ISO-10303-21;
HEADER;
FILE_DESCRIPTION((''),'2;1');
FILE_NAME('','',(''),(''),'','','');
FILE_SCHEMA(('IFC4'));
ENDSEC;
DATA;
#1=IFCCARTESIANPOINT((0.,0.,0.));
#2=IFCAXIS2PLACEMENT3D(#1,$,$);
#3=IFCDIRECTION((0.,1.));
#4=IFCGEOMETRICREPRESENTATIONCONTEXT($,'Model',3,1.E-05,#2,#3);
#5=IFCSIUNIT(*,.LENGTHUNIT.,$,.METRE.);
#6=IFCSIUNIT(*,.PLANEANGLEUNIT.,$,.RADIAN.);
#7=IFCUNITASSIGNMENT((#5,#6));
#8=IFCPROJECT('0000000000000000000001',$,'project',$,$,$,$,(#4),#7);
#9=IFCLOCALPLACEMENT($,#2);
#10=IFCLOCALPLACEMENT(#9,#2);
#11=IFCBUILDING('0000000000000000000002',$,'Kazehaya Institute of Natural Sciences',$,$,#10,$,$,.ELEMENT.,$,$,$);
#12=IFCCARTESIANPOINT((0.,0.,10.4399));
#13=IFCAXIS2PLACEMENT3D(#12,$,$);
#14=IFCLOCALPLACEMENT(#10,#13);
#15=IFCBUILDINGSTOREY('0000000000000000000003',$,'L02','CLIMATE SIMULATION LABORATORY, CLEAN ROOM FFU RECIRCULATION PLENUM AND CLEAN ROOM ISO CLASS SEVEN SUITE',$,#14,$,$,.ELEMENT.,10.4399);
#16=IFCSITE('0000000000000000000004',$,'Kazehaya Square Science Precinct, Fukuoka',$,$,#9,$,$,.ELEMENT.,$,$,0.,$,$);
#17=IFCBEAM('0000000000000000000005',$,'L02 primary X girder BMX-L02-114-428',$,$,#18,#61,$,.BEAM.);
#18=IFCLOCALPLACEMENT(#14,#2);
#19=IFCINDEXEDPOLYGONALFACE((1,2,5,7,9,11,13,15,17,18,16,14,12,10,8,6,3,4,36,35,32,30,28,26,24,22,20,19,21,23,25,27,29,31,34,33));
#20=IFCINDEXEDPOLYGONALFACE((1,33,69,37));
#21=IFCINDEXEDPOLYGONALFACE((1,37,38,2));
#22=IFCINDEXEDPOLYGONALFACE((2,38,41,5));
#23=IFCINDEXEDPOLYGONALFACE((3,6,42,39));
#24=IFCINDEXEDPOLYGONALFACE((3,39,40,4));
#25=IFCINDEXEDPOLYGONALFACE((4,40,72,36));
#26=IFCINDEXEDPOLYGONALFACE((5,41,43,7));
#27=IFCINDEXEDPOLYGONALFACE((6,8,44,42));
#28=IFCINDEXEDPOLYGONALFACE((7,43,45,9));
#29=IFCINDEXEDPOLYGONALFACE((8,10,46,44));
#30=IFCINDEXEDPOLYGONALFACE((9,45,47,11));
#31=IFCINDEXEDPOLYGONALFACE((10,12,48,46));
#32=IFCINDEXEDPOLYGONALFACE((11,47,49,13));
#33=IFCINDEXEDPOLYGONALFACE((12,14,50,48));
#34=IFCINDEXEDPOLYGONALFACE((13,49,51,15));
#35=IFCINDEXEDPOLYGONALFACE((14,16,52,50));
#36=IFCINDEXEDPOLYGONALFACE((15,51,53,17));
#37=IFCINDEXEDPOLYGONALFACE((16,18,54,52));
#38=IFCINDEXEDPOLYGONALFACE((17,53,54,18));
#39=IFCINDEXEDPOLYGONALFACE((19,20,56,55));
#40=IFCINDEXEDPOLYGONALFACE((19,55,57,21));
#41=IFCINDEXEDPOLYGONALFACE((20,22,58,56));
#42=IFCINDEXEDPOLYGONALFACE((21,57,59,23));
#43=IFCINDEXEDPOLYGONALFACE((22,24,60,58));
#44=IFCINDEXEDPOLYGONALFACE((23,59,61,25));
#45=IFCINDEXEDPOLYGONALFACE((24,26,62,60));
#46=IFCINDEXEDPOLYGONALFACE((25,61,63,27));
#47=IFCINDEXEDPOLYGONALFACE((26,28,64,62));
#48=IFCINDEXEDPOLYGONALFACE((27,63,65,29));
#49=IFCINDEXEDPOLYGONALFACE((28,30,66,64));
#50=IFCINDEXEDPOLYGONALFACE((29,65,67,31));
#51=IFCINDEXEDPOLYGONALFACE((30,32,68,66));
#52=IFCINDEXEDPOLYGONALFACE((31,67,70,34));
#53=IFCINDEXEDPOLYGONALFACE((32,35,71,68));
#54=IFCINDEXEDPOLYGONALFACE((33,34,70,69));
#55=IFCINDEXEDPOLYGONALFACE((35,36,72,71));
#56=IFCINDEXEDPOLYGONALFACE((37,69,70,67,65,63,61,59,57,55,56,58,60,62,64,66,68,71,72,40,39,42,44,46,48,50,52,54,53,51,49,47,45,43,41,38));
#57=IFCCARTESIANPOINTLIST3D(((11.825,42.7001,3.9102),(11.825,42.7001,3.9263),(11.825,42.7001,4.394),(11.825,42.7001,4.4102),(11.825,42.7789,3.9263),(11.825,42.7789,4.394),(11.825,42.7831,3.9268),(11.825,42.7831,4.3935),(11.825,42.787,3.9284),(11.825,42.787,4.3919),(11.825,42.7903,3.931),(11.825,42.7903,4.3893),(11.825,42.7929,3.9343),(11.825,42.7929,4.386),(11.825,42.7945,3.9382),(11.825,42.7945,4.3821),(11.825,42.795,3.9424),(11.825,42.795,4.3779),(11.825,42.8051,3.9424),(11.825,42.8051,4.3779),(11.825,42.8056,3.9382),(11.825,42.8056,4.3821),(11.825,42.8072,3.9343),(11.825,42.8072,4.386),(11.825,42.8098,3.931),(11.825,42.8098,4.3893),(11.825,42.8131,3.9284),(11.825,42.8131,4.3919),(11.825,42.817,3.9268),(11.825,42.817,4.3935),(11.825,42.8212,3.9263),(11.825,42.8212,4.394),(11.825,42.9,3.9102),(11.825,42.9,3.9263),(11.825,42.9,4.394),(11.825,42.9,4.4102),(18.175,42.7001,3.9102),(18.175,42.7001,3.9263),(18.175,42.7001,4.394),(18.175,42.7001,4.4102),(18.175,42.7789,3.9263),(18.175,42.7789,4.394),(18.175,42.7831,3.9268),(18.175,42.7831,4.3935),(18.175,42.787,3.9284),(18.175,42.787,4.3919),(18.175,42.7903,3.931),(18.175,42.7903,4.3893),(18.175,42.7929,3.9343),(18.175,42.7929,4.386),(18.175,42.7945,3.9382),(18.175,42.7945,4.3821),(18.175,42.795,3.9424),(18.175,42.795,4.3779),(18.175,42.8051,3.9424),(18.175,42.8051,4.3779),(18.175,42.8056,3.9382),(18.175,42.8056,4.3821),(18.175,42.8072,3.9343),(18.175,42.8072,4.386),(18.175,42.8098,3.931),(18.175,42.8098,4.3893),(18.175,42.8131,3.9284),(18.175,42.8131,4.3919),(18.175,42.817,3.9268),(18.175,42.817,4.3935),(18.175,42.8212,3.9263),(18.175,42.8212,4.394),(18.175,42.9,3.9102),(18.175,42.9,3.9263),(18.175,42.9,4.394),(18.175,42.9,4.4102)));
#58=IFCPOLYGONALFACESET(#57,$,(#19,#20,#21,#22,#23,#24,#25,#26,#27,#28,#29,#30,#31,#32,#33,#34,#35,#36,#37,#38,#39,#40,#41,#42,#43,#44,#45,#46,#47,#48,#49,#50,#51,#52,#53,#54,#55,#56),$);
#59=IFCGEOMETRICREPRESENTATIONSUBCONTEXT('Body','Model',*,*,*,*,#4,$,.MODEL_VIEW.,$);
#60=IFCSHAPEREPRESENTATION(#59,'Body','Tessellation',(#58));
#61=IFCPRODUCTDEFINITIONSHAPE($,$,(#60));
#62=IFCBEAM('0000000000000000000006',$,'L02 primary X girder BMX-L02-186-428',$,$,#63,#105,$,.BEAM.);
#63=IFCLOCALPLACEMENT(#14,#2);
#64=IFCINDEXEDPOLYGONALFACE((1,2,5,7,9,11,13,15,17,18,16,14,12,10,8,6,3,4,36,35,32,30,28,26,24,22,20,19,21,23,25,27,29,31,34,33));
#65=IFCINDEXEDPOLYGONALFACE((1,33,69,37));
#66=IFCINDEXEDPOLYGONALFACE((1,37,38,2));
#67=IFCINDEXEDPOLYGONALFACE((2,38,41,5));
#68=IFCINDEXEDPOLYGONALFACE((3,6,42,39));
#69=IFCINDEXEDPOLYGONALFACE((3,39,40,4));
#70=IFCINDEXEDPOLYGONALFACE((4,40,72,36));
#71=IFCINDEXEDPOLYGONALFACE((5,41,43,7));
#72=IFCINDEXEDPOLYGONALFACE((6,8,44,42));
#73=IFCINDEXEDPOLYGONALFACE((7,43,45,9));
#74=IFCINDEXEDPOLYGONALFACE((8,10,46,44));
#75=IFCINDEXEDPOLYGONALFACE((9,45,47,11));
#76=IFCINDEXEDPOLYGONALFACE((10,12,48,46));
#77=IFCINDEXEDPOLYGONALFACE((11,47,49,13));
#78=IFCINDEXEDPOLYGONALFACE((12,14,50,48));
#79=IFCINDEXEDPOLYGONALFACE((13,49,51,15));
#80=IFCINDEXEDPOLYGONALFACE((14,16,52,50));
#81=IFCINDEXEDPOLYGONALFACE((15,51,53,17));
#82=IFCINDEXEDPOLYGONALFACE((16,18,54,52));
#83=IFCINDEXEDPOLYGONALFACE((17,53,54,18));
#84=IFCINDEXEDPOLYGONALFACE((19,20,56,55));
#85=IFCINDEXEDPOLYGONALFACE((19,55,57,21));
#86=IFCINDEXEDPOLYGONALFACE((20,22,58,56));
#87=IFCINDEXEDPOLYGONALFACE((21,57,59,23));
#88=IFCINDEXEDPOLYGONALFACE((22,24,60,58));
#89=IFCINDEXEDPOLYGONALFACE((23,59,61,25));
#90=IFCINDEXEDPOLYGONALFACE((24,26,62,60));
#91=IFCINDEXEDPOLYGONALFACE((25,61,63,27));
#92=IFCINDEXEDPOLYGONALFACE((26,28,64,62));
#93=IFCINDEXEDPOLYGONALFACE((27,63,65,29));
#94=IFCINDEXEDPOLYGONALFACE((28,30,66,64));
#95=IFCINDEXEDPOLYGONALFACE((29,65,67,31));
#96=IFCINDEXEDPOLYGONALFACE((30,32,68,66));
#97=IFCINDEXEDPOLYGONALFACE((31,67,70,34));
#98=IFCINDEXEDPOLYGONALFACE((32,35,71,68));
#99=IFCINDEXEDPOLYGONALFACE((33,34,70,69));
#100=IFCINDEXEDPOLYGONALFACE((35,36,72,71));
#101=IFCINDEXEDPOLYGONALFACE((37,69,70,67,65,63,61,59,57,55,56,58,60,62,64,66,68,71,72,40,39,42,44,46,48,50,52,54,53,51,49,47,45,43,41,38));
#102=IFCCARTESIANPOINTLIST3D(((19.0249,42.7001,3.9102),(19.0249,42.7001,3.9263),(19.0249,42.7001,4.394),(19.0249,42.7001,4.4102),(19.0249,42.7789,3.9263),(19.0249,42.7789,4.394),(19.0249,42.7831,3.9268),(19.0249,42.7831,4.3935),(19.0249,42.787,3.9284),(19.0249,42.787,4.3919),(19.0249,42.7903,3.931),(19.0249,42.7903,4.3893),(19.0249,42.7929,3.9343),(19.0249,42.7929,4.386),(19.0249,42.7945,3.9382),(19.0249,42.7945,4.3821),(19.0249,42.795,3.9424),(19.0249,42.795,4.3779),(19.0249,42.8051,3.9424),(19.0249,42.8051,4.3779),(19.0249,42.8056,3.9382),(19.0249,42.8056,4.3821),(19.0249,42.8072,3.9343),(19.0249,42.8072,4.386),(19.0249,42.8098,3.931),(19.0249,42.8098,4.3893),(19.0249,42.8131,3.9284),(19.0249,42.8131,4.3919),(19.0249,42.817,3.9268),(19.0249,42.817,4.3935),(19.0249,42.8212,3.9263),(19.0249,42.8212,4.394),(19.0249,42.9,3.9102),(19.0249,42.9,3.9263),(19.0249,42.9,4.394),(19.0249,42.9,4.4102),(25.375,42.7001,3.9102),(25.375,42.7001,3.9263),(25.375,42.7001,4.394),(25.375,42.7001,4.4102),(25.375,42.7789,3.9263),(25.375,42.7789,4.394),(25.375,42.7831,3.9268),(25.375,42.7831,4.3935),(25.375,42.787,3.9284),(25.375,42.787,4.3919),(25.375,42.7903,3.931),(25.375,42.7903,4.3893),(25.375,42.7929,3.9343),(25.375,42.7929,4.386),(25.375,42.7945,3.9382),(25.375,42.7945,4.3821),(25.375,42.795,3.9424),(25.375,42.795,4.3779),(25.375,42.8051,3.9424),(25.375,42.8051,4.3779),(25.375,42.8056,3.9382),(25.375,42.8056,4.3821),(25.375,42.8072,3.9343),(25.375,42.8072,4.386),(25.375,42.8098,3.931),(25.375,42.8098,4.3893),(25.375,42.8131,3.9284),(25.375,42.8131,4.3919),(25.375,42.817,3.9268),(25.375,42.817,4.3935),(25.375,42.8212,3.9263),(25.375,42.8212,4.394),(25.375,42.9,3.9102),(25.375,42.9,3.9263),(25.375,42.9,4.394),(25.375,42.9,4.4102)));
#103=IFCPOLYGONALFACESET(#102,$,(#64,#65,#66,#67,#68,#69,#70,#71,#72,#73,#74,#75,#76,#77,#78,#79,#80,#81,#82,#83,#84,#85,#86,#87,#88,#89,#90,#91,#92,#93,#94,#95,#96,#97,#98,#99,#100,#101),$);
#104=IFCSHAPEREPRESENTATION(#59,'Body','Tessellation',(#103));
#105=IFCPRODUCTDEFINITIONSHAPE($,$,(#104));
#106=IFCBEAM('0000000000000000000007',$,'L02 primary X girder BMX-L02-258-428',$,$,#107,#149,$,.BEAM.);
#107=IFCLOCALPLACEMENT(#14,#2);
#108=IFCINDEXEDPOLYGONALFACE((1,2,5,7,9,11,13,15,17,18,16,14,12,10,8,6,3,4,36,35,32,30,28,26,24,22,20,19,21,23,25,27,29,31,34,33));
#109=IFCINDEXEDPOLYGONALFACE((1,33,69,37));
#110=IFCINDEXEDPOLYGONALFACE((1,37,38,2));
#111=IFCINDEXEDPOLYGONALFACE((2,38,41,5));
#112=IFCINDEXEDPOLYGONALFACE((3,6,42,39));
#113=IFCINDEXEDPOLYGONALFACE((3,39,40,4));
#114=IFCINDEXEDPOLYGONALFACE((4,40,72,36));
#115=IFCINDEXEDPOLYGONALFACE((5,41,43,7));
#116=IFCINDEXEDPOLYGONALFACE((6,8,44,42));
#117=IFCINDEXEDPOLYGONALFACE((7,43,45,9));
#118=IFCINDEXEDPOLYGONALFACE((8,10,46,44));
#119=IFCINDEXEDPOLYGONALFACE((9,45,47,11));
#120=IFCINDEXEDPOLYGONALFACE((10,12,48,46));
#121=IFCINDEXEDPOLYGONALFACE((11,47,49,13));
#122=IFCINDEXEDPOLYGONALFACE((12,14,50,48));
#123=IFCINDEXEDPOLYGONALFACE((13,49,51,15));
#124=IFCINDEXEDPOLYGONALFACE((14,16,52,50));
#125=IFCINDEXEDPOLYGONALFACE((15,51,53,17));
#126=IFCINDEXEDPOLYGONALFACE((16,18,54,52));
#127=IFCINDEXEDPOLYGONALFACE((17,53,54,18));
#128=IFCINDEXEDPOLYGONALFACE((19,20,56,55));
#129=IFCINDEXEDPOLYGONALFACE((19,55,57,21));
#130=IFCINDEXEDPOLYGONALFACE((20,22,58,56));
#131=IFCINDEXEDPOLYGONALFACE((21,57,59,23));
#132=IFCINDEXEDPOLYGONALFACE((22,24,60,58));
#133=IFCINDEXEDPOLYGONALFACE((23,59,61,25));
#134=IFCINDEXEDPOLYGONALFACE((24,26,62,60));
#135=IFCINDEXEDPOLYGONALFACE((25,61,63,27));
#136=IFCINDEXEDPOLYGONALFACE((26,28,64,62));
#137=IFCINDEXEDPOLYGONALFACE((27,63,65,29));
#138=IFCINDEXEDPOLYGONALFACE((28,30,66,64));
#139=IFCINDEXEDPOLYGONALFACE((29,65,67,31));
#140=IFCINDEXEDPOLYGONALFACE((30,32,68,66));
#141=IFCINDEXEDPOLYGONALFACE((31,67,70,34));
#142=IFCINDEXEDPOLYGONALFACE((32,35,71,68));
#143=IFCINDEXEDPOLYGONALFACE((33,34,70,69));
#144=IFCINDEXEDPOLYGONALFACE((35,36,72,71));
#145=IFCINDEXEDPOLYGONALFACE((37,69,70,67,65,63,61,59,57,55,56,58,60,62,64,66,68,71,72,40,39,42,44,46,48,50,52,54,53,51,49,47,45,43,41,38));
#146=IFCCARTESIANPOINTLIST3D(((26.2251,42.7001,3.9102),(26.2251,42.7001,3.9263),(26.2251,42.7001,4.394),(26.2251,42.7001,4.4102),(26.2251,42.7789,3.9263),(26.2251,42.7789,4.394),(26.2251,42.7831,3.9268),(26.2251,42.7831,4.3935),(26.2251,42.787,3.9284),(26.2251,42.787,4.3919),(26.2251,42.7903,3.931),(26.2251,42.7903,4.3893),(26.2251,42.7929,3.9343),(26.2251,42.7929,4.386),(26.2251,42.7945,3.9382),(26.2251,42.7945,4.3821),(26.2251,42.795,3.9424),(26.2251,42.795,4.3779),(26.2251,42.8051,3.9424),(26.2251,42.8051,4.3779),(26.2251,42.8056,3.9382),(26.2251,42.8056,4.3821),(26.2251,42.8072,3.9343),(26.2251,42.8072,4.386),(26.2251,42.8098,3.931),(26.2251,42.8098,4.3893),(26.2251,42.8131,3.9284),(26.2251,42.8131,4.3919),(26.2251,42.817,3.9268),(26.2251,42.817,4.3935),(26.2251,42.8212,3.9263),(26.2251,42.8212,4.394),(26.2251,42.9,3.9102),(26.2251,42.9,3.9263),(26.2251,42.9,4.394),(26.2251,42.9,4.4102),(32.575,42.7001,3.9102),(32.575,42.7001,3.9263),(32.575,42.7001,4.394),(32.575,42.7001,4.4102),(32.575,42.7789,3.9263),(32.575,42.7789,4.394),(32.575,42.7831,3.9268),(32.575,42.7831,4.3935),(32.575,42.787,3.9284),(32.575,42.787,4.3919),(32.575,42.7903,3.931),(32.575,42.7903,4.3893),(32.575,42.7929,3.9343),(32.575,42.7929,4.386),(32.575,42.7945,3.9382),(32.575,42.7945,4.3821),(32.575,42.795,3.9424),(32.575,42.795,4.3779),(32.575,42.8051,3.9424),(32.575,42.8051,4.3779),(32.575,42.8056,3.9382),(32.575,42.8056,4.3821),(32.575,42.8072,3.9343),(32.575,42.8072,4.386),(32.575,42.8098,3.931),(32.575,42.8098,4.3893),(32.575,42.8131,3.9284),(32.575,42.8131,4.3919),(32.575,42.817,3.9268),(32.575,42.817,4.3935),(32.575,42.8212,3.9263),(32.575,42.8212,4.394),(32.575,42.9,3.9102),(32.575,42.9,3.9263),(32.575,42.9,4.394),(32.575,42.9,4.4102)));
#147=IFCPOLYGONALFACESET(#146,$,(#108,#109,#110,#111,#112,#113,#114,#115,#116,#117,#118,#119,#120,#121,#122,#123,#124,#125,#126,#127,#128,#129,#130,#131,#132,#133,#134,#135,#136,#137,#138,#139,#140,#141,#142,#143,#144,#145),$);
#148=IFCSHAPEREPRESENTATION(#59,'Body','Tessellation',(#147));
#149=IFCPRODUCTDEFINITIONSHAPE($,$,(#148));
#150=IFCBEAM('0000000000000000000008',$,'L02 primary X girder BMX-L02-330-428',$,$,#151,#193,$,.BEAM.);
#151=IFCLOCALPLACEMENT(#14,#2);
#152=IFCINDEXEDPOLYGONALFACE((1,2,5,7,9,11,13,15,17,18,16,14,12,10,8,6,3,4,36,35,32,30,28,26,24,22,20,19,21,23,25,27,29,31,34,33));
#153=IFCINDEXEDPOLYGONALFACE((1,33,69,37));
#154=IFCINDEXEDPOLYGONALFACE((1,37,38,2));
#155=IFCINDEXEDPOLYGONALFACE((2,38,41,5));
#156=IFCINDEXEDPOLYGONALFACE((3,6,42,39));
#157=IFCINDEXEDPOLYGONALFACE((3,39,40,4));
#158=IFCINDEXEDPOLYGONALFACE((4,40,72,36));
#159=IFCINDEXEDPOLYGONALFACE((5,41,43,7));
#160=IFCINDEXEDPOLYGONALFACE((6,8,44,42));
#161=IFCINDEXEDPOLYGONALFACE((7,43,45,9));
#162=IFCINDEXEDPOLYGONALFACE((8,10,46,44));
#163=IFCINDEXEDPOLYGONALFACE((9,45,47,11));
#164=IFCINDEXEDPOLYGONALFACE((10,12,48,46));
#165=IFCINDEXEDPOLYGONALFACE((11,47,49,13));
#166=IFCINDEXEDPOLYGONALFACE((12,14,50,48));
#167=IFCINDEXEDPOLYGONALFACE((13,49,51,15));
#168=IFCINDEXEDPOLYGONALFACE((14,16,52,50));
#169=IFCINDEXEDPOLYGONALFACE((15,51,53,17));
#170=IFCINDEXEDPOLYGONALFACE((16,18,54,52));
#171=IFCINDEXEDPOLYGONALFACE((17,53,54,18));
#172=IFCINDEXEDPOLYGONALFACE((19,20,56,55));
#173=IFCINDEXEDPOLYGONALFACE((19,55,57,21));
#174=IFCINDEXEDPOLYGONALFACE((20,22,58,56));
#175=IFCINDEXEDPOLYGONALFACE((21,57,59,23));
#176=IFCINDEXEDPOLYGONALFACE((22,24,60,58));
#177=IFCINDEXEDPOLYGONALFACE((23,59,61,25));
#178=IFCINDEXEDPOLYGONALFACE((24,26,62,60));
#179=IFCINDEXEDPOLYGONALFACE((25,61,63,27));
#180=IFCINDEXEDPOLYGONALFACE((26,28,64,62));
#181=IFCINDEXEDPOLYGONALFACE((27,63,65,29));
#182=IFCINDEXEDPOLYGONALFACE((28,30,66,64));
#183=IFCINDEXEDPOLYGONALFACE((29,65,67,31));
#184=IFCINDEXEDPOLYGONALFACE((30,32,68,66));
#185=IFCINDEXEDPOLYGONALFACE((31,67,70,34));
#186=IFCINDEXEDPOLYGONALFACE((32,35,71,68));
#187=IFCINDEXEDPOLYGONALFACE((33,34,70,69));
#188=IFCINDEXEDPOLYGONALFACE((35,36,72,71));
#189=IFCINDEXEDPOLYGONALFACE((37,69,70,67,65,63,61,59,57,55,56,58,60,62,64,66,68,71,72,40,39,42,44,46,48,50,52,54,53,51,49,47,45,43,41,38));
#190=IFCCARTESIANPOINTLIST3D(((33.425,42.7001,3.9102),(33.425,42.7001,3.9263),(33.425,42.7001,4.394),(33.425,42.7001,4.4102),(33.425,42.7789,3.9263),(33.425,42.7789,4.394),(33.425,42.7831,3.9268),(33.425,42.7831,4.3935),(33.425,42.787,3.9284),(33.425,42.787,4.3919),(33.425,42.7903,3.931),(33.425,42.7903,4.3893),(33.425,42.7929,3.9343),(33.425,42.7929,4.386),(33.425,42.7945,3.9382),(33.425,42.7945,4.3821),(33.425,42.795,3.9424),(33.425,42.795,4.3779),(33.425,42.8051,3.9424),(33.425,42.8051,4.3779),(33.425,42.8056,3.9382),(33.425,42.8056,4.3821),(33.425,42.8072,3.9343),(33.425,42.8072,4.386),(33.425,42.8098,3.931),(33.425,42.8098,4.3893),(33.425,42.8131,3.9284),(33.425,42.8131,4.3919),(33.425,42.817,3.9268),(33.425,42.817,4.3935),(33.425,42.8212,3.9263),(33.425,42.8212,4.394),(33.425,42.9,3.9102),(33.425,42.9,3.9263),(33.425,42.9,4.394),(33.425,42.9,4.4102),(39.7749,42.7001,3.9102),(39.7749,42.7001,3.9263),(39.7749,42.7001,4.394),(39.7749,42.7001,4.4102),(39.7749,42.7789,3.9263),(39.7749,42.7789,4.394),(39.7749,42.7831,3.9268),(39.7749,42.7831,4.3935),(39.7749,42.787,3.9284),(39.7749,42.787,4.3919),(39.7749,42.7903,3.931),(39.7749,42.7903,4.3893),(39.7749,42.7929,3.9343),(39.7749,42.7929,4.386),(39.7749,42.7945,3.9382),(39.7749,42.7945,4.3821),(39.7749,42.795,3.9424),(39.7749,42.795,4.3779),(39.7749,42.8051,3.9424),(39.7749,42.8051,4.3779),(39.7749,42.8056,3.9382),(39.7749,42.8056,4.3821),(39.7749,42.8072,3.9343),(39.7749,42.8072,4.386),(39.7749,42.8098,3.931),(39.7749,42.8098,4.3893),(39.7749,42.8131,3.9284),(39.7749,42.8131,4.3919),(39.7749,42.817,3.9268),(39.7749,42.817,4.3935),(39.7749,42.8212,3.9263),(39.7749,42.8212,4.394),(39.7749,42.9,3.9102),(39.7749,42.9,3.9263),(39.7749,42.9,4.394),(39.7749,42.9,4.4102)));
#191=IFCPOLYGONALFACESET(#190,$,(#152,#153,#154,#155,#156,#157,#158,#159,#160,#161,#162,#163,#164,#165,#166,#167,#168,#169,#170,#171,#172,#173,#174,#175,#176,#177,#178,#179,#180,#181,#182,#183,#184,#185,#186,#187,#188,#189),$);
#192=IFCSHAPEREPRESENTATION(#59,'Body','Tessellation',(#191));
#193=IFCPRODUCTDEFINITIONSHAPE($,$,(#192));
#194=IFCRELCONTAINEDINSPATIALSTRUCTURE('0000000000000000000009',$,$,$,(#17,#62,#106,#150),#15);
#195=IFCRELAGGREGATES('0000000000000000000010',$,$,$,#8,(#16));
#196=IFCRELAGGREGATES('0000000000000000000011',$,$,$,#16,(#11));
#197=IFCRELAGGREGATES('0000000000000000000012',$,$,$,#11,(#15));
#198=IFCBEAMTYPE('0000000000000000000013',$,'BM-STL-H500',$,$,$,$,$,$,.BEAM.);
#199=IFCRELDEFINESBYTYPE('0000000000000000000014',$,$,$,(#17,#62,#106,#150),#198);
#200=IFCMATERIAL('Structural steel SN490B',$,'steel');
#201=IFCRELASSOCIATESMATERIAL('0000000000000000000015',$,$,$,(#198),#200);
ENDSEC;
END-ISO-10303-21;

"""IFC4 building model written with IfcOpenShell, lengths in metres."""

from ifc_helpers import new_model, si_unit, direction, frame, origin, origin_2d, place, context, subcontext, project, spatial, i_section, extrude, material, material_profile, profile_set, type_object, element, save


model = new_model("IFC4")

# Units and contexts
model_context = context("Model", 3, precision=1e-05, world=origin(), true_north=direction((0.0, 1.0)))
body_context = subcontext(model_context, "Body", "Model", "MODEL_VIEW")
ifc_project = project(units=[si_unit("LENGTHUNIT", "METRE"), si_unit("PLANEANGLEUNIT", "RADIAN")], contexts=[model_context])

# Site, building, storey
site_placement = place(None, origin())
site = spatial("IfcSite", under=ifc_project, at=site_placement, Name="Kazehaya Square Science Precinct, Fukuoka", CompositionType="ELEMENT", RefElevation=0.0)
building_placement = place(site_placement, origin())
building = spatial("IfcBuilding", under=site, at=building_placement, Name="Kazehaya Institute of Natural Sciences", CompositionType="ELEMENT")
storey_placement = place(building_placement, frame((0.0, 0.0, 10.4399)))
storey = spatial("IfcBuildingStorey", under=building, at=storey_placement, Name="L02", Description="CLIMATE SIMULATION LABORATORY, CLEAN ROOM FFU RECIRCULATION PLENUM AND CLEAN ROOM ISO CLASS SEVEN SUITE", CompositionType="ELEMENT", Elevation=10.4399)

# Beams
ifc_material_1 = material(Name="Structural steel SN490B", Category="steel")
ifc_material_profile_1 = material_profile(ifc_material_1, i_section(OverallWidth=0.2, OverallDepth=0.5, WebThickness=0.01, FlangeThickness=0.0161, FilletRadius=0.0161, at=origin_2d()), Name="H-500x200x10x16")
ifc_profile_set_1 = profile_set([ifc_material_profile_1], Name="Structural steel SN490B")
beam_type_1 = type_object("IfcBeamType", Name="BM-STL-H500", PredefinedType="BEAM", material=ifc_profile_set_1)
for number, where, z_axis, x_axis, name in (
    (1, (11.825, 42.8, 4.1602), (1.0, 0.0, 0.0), (0.0, 1.0, 0.0), "L02 primary X girder BMX-L02-114-428"),
    (2, (19.0249, 42.8, 4.1602), (1.0, 0.0, 0.0), (0.0, 1.0, 0.0), "L02 primary X girder BMX-L02-186-428"),
):
    element("IfcBeam", number, at=place(storey_placement, frame(where, z_axis=z_axis, x_axis=x_axis)), inside=storey, type_object=beam_type_1, Name=name, PredefinedType="BEAM", context=body_context, shape_type="SweptSolid", body=[
        extrude(i_section(OverallWidth=0.2, OverallDepth=0.5, WebThickness=0.01, FlangeThickness=0.0161, FilletRadius=0.0161, at=origin_2d()), origin(), (0.0, 0.0, 1.0), 6.3501),
    ])
for number, where, z_axis, x_axis, name in (
    (3, (26.2251, 42.8, 4.1602), (1.0, 0.0, 0.0), (0.0, 1.0, 0.0), "L02 primary X girder BMX-L02-258-428"),
    (4, (33.425, 42.8, 4.1602), (1.0, 0.0, 0.0), (0.0, 1.0, 0.0), "L02 primary X girder BMX-L02-330-428"),
):
    element("IfcBeam", number, at=place(storey_placement, frame(where, z_axis=z_axis, x_axis=x_axis)), inside=storey, type_object=beam_type_1, Name=name, PredefinedType="BEAM", context=body_context, shape_type="SweptSolid", body=[
        extrude(i_section(OverallWidth=0.2, OverallDepth=0.5, WebThickness=0.01, FlangeThickness=0.0161, FilletRadius=0.0161, at=origin_2d()), origin(), (0.0, 0.0, 1.0), 6.3499),
    ])

save(model, "model.ifc")
